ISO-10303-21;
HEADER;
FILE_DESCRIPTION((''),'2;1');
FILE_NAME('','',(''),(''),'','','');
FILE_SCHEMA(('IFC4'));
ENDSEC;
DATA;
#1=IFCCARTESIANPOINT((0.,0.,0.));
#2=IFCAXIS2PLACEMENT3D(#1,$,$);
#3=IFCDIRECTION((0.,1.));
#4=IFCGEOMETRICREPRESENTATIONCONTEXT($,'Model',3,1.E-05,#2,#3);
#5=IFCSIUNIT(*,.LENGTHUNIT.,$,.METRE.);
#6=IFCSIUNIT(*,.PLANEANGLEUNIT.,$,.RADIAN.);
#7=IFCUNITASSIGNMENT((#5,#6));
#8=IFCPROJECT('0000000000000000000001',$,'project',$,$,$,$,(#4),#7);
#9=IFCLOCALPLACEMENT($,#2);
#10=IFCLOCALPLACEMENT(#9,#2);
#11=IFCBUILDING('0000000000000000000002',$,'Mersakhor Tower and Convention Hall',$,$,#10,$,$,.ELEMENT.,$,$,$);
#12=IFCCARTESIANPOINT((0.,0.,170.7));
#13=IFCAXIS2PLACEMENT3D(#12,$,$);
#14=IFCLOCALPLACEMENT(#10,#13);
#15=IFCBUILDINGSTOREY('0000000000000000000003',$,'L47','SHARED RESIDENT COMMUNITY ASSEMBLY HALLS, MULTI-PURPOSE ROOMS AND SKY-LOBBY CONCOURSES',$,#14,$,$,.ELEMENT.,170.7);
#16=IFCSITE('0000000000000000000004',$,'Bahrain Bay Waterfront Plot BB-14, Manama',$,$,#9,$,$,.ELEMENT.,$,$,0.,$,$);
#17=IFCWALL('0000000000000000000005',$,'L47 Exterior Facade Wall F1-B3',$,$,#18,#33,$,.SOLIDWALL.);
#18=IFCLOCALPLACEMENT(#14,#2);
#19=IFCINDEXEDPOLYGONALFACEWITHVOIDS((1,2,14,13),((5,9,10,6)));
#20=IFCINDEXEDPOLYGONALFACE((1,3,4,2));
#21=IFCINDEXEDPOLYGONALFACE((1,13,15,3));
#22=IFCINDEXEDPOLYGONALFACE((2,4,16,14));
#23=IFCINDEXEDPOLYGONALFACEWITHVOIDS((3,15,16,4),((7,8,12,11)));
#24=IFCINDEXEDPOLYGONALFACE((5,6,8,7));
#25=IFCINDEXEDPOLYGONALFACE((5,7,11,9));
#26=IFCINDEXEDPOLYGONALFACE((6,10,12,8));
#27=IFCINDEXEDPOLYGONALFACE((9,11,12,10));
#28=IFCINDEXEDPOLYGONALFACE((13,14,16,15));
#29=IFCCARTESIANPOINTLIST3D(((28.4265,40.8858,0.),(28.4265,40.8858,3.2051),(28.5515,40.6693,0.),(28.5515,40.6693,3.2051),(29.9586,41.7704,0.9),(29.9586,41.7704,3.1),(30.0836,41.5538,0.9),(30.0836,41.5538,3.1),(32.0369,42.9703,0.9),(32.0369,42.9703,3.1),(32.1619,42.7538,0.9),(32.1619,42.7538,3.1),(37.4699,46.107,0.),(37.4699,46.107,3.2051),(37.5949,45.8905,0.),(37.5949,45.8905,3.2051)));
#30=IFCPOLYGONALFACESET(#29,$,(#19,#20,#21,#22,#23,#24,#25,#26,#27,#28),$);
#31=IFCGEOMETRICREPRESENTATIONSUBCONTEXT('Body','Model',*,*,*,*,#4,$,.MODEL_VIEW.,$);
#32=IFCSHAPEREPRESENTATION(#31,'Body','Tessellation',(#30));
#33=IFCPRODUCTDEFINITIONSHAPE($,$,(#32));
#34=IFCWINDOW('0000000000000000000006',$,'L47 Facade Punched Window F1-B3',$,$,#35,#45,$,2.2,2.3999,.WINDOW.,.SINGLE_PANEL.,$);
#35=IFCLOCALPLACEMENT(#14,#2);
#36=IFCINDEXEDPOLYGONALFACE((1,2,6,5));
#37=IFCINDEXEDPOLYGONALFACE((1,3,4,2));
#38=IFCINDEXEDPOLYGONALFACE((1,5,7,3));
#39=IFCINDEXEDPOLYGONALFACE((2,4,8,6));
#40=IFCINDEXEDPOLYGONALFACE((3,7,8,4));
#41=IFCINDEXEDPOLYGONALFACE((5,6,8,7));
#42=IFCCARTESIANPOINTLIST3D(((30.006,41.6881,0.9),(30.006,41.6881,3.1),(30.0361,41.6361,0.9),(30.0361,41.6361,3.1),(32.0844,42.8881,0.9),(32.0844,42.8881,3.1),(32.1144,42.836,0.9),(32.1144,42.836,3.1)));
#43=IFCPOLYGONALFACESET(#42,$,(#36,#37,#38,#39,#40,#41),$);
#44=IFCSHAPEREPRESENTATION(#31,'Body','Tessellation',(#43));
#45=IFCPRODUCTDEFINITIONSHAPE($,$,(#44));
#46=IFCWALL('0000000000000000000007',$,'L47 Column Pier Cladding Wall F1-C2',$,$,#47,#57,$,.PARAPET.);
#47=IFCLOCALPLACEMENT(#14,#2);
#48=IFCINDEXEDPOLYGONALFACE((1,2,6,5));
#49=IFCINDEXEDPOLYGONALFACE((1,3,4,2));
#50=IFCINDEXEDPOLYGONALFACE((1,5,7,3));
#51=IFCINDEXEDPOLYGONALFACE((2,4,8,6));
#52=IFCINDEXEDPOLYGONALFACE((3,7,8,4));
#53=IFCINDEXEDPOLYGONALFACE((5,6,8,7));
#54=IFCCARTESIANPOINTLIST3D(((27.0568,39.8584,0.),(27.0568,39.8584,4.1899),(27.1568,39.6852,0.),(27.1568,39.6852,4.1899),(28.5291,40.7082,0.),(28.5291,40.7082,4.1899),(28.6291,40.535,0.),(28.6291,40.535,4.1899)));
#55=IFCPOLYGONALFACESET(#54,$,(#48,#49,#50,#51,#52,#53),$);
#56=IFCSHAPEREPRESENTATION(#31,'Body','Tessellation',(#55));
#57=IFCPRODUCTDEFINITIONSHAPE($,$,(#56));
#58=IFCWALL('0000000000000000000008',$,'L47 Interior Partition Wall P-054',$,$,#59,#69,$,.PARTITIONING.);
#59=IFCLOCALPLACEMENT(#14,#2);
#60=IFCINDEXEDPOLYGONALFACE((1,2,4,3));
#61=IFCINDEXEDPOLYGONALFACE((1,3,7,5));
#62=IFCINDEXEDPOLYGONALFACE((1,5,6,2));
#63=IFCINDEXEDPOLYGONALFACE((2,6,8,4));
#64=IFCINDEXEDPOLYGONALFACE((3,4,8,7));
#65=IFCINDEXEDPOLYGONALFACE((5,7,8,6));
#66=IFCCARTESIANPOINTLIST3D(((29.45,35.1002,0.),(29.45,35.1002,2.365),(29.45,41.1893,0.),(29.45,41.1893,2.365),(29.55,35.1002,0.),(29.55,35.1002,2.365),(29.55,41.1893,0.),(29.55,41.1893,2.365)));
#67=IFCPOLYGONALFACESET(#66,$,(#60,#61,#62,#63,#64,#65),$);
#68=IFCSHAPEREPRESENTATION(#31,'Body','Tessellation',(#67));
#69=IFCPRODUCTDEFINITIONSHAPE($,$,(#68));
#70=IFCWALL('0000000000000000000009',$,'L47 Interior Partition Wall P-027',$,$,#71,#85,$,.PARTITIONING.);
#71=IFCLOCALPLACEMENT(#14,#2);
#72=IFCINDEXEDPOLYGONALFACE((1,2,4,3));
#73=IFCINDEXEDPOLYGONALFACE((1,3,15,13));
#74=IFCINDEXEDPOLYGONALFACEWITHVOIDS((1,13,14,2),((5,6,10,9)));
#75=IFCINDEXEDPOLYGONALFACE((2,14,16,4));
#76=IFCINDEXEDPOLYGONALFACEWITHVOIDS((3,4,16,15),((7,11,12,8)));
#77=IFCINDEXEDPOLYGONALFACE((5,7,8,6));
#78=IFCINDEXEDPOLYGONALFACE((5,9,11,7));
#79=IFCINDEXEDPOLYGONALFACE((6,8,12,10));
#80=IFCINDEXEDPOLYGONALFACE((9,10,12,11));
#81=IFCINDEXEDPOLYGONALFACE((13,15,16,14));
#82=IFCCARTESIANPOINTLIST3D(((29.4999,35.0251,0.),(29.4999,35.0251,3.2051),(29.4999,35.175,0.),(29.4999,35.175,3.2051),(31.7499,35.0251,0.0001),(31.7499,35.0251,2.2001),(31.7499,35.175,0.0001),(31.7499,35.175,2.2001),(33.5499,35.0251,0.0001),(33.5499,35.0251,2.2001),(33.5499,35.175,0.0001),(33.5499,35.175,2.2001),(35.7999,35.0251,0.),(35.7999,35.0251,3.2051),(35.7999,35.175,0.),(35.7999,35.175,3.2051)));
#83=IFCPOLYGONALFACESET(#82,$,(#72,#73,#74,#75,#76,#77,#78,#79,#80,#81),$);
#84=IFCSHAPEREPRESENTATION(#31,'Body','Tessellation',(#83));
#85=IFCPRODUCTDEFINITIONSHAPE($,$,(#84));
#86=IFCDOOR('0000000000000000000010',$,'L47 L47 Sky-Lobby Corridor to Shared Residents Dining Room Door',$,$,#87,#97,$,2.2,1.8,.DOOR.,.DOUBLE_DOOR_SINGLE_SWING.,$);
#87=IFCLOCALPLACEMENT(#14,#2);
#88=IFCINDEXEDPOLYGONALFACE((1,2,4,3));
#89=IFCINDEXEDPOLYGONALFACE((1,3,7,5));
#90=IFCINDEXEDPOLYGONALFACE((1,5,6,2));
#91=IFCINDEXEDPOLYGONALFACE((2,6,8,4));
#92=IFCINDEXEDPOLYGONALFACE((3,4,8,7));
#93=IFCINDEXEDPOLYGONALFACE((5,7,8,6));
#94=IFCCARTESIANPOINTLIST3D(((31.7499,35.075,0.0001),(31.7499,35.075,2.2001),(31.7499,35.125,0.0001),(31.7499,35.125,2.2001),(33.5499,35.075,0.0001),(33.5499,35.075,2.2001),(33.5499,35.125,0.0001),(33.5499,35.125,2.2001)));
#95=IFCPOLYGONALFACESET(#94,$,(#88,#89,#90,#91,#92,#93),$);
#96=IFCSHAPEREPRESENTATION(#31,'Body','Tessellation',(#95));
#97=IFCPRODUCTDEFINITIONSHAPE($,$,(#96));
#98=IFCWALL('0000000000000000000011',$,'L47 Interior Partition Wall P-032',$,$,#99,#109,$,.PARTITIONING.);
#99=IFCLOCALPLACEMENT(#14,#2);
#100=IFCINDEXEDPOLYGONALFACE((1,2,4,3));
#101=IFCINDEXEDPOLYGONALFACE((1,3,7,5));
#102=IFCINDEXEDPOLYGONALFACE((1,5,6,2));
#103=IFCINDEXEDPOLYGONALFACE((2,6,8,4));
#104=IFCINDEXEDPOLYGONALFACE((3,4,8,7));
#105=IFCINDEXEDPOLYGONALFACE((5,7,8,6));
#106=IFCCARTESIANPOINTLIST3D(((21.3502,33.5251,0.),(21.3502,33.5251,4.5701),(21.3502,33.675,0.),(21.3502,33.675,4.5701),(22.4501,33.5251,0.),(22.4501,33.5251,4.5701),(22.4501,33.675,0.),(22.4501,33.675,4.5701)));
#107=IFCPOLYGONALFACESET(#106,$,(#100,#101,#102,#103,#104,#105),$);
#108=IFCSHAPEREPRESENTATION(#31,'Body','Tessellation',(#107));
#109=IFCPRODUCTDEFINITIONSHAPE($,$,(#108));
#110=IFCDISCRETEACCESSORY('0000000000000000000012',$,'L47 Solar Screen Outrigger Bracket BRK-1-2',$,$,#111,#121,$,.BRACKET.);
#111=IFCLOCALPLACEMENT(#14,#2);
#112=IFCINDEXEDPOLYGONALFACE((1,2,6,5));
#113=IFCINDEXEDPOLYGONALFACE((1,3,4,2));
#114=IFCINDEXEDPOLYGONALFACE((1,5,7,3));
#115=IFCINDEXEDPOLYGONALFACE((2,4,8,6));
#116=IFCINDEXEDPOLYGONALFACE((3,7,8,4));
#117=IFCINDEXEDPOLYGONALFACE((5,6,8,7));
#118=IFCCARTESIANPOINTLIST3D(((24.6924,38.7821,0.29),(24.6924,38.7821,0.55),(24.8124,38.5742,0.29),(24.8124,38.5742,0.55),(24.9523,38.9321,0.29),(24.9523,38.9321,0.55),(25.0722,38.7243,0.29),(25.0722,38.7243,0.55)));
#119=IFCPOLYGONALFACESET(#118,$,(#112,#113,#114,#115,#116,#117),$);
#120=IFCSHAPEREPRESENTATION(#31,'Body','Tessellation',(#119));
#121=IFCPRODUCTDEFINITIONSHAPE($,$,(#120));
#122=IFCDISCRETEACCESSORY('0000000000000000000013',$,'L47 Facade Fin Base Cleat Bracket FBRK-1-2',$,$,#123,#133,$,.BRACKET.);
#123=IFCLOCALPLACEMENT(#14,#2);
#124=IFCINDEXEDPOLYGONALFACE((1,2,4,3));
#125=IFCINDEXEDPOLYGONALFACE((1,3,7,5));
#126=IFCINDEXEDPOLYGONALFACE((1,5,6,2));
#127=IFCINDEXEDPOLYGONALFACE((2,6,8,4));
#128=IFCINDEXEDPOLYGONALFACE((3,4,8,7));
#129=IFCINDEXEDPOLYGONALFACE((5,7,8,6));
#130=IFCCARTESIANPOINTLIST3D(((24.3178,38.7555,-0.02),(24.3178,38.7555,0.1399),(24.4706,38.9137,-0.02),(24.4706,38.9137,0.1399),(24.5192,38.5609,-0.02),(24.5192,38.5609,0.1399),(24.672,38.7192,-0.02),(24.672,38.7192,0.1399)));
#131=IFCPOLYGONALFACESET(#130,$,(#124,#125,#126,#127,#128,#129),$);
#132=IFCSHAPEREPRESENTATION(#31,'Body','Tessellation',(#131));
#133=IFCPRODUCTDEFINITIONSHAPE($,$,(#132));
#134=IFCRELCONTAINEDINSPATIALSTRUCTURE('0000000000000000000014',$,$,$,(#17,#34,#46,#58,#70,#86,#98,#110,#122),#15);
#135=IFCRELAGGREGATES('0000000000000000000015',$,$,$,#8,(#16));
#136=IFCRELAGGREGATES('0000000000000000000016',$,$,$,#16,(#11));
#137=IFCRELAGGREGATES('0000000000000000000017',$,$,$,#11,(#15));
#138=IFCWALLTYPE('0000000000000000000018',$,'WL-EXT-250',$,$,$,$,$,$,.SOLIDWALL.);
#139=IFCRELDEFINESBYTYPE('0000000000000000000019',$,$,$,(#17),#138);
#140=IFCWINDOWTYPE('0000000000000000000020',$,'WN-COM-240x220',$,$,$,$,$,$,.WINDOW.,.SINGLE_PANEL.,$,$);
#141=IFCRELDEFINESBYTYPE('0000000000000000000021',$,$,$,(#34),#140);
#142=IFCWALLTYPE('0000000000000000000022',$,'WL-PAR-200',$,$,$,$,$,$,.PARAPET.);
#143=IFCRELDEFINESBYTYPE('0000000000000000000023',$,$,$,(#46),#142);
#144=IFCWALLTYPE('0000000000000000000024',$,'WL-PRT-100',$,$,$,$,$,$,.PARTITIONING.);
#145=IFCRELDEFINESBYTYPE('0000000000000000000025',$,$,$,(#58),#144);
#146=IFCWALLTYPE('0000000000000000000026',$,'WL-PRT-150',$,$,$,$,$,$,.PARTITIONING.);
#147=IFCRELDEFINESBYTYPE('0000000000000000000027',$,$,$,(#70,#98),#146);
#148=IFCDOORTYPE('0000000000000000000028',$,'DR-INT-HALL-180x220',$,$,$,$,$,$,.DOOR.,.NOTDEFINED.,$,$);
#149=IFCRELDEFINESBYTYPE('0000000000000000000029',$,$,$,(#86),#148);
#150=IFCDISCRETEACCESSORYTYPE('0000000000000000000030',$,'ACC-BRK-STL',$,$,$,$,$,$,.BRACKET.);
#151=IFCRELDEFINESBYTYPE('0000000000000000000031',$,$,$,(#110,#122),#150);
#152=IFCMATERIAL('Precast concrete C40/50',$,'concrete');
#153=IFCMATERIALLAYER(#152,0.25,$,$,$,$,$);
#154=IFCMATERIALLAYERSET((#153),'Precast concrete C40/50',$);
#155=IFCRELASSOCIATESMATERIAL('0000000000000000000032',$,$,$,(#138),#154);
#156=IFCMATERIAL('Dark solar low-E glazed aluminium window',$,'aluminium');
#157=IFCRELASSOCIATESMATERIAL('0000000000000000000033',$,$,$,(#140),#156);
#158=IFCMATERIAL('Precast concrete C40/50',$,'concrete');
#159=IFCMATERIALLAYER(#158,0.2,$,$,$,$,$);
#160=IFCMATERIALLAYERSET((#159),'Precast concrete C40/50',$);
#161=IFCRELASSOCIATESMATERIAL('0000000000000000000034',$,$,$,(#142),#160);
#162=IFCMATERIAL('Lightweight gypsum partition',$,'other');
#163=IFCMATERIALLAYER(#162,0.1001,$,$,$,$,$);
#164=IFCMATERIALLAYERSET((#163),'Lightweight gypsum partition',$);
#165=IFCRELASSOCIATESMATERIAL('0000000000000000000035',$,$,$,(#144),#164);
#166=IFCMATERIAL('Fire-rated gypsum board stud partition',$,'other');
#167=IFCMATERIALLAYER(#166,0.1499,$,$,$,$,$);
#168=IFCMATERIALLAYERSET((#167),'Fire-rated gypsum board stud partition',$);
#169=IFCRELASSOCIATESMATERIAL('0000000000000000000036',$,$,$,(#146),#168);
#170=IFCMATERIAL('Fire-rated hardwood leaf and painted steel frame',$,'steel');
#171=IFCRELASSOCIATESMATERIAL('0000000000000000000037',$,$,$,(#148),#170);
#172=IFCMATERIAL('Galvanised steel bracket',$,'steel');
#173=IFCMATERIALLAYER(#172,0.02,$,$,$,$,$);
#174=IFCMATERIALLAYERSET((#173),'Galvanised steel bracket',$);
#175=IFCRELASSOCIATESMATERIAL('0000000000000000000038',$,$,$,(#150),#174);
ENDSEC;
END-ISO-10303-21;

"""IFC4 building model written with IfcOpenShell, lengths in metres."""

from ifc_helpers import new_model, si_unit, direction, frame, frame_2d, origin, origin_2d, place, context, subcontext, project, spatial, rectangle, extrude, material, layer, layer_set, type_object, element, fill, save


model = new_model("IFC4")

# Units and contexts
model_context = context("Model", 3, precision=1e-05, world=origin(), true_north=direction((0.0, 1.0)))
body_context = subcontext(model_context, "Body", "Model", "MODEL_VIEW")
ifc_project = project(units=[si_unit("LENGTHUNIT", "METRE"), si_unit("PLANEANGLEUNIT", "RADIAN")], contexts=[model_context])

# Site, building, storey
site_placement = place(None, origin())
site = spatial("IfcSite", under=ifc_project, at=site_placement, Name="Bahrain Bay Waterfront Plot BB-14, Manama", CompositionType="ELEMENT", RefElevation=0.0)
building_placement = place(site_placement, origin())
building = spatial("IfcBuilding", under=site, at=building_placement, Name="Mersakhor Tower and Convention Hall", CompositionType="ELEMENT")
storey_placement = place(building_placement, frame((0.0, 0.0, 170.7)))
storey = spatial("IfcBuildingStorey", under=building, at=storey_placement, Name="L47", Description="SHARED RESIDENT COMMUNITY ASSEMBLY HALLS, MULTI-PURPOSE ROOMS AND SKY-LOBBY CONCOURSES", CompositionType="ELEMENT", Elevation=170.7)

# Wall, opening, window
ifc_material_1 = material(Name="Precast concrete C40/50", Category="concrete")
ifc_layer_1 = layer(ifc_material_1, 0.25)
ifc_layer_set_1 = layer_set([ifc_layer_1], Name="Precast concrete C40/50")
wall_type_1 = type_object("IfcWallType", Name="WL-EXT-250", PredefinedType="SOLIDWALL", material=ifc_layer_set_1)
wall_1_placement = place(storey_placement, frame((28.489, 40.7776, 0.0), z_axis=(0.0, 0.0, 1.0), x_axis=(0.866028, 0.499996, 0.0)))
wall_1 = element("IfcWall", 1, at=wall_1_placement, inside=storey, type_object=wall_type_1, Name="L47 Exterior Facade Wall F1-B3", PredefinedType="SOLIDWALL", context=body_context, shape_type="SweptSolid", body=[
    extrude(rectangle(XDim=10.4424, YDim=0.25, at=frame_2d((5.2212, 0.0))), origin(), (0.0, 0.0, 1.0), 3.2051),
])
opening_1_placement = place(wall_1_placement, frame((1.769, 0.0, 0.8999)))
opening_1 = element("IfcOpeningElement", 2, at=opening_1_placement, cuts=wall_1, PredefinedType="OPENING", context=body_context, shape_type="SweptSolid", body=[
    extrude(rectangle(XDim=2.3999, YDim=2.2, at=frame_2d((1.2, 1.1001))), frame((0.0, 0.135, 0.0), z_axis=(0.0, -1.0, 0.0), x_axis=(1.0, 0.0, 0.0)), (0.0, 0.0, 1.0), 0.27),
])
ifc_material_2 = material(Name="Dark solar low-E glazed aluminium window", Category="aluminium")
window_type = type_object("IfcWindowType", Name="WN-COM-240x220", PartitioningType="SINGLE_PANEL", PredefinedType="WINDOW", material=ifc_material_2)
window_placement = place(opening_1_placement, origin())
window = element("IfcWindow", 3, at=window_placement, inside=storey, type_object=window_type, Name="L47 Facade Punched Window F1-B3", OverallHeight=2.2, OverallWidth=2.3999, PartitioningType="SINGLE_PANEL", PredefinedType="WINDOW", context=body_context, shape_type="SweptSolid", body=[
    extrude(rectangle(XDim=2.3999, YDim=2.2, at=frame_2d((1.2, 1.1001))), frame((0.0, 0.03, 0.0), z_axis=(0.0, -1.0, 0.0), x_axis=(1.0, 0.0, 0.0)), (0.0, 0.0, 1.0), 0.0601),
])
fill(opening_1, window)

# Walls
ifc_material_3 = material(Name="Precast concrete C40/50", Category="concrete")
ifc_layer_2 = layer(ifc_material_3, 0.2)
ifc_layer_set_2 = layer_set([ifc_layer_2], Name="Precast concrete C40/50")
wall_type_2 = type_object("IfcWallType", Name="WL-PAR-200", PredefinedType="PARAPET", material=ifc_layer_set_2)
wall_2_placement = place(storey_placement, frame((27.1067, 39.7717, 0.0), z_axis=(0.0, 0.0, 1.0), x_axis=(0.866088, 0.499892, 0.0)))
element("IfcWall", 4, at=wall_2_placement, inside=storey, type_object=wall_type_2, Name="L47 Column Pier Cladding Wall F1-C2", PredefinedType="PARAPET", context=body_context, shape_type="SweptSolid", body=[
    extrude(rectangle(XDim=1.7, YDim=0.2, at=frame_2d((0.8501, 0.0))), origin(), (0.0, 0.0, 1.0), 4.1899),
])
ifc_material_4 = material(Name="Lightweight gypsum partition", Category="other")
ifc_layer_3 = layer(ifc_material_4, 0.1001)
ifc_layer_set_3 = layer_set([ifc_layer_3], Name="Lightweight gypsum partition")
wall_type_3 = type_object("IfcWallType", Name="WL-PRT-100", PredefinedType="PARTITIONING", material=ifc_layer_set_3)
wall_3_placement = place(storey_placement, frame((29.5, 41.1892, 0.0), z_axis=(0.0, 0.0, 1.0), x_axis=(0.0, -1.0, 0.0)))
element("IfcWall", 5, at=wall_3_placement, inside=storey, type_object=wall_type_3, Name="L47 Interior Partition Wall P-054", PredefinedType="PARTITIONING", context=body_context, shape_type="SweptSolid", body=[
    extrude(rectangle(XDim=6.0891, YDim=0.1001, at=frame_2d((3.0444, 0.0))), origin(), (0.0, 0.0, 1.0), 2.365),
])

# Wall, opening, door
ifc_material_5 = material(Name="Fire-rated gypsum board stud partition", Category="other")
ifc_layer_4 = layer(ifc_material_5, 0.1499)
ifc_layer_set_4 = layer_set([ifc_layer_4], Name="Fire-rated gypsum board stud partition")
wall_type_4 = type_object("IfcWallType", Name="WL-PRT-150", PredefinedType="PARTITIONING", material=ifc_layer_set_4)
wall_4_placement = place(storey_placement, frame((29.5, 35.1001, 0.0), z_axis=(0.0, 0.0, 1.0), x_axis=(1.0, 0.0, 0.0)))
wall_4 = element("IfcWall", 6, at=wall_4_placement, inside=storey, type_object=wall_type_4, Name="L47 Interior Partition Wall P-027", PredefinedType="PARTITIONING", context=body_context, shape_type="SweptSolid", body=[
    extrude(rectangle(XDim=6.3, YDim=0.1499, at=frame_2d((3.1499, 0.0))), origin(), (0.0, 0.0, 1.0), 3.2051),
])
opening_2_placement = place(wall_4_placement, frame((2.25, 0.0, 0.0)))
opening_2 = element("IfcOpeningElement", 7, at=opening_2_placement, cuts=wall_4, PredefinedType="OPENING", context=body_context, shape_type="SweptSolid", body=[
    extrude(rectangle(XDim=1.8, YDim=2.2, at=frame_2d((0.8999, 1.1001))), frame((0.0, 0.085, 0.0), z_axis=(0.0, -1.0, 0.0), x_axis=(1.0, 0.0, 0.0)), (0.0, 0.0, 1.0), 0.1699),
])
ifc_material_6 = material(Name="Fire-rated hardwood leaf and painted steel frame", Category="steel")
door_type = type_object("IfcDoorType", Name="DR-INT-HALL-180x220", OperationType="NOTDEFINED", PredefinedType="DOOR", material=ifc_material_6)
door_placement = place(opening_2_placement, origin())
door = element("IfcDoor", 8, at=door_placement, inside=storey, type_object=door_type, Name="L47 L47 Sky-Lobby Corridor to Shared Residents Dining Room Door", OperationType="DOUBLE_DOOR_SINGLE_SWING", OverallHeight=2.2, OverallWidth=1.8, PredefinedType="DOOR", context=body_context, shape_type="SweptSolid", body=[
    extrude(rectangle(XDim=1.8, YDim=2.2, at=frame_2d((0.8999, 1.1001))), frame((0.0, 0.0249, 0.0), z_axis=(0.0, -1.0, 0.0), x_axis=(1.0, 0.0, 0.0)), (0.0, 0.0, 1.0), 0.05),
])
fill(opening_2, door)

# Wall
wall_5_placement = place(storey_placement, frame((22.45, 33.6001, 0.0), z_axis=(0.0, 0.0, 1.0), x_axis=(-1.0, 0.0, 0.0)))
element("IfcWall", 9, at=wall_5_placement, inside=storey, type_object=wall_type_4, Name="L47 Interior Partition Wall P-032", PredefinedType="PARTITIONING", context=body_context, shape_type="SweptSolid", body=[
    extrude(rectangle(XDim=1.0999, YDim=0.1499, at=frame_2d((0.5498, 0.0))), origin(), (0.0, 0.0, 1.0), 4.5701),
])

# Discrete accessories
ifc_material_7 = material(Name="Galvanised steel bracket", Category="steel")
ifc_layer_5 = layer(ifc_material_7, 0.02)
ifc_layer_set_5 = layer_set([ifc_layer_5], Name="Galvanised steel bracket")
discrete_accessory_type = type_object("IfcDiscreteAccessoryType", Name="ACC-BRK-STL", PredefinedType="BRACKET", material=ifc_layer_set_5)
discrete_accessory_1_placement = place(storey_placement, frame((24.8823, 38.7532, 0.29), z_axis=(0.0, 0.0, 1.0), x_axis=(0.866025, 0.5, 0.0)))
element("IfcDiscreteAccessory", 10, at=discrete_accessory_1_placement, inside=storey, type_object=discrete_accessory_type, Name="L47 Solar Screen Outrigger Bracket BRK-1-2", PredefinedType="BRACKET", context=body_context, shape_type="SweptSolid", body=[
    extrude(rectangle(XDim=0.3, YDim=0.24, at=origin_2d()), origin(), (0.0, 0.0, 1.0), 0.26),
])
discrete_accessory_2_placement = place(storey_placement, frame((24.4949, 38.7373, -0.02), z_axis=(0.0, 0.0, 1.0), x_axis=(-0.71934, 0.694658, 0.0)))
element("IfcDiscreteAccessory", 11, at=discrete_accessory_2_placement, inside=storey, type_object=discrete_accessory_type, Name="L47 Facade Fin Base Cleat Bracket FBRK-1-2", PredefinedType="BRACKET", context=body_context, shape_type="SweptSolid", body=[
    extrude(rectangle(XDim=0.28, YDim=0.22, at=origin_2d()), origin(), (0.0, 0.0, 1.0), 0.1599),
])

save(model, "model.ifc")
